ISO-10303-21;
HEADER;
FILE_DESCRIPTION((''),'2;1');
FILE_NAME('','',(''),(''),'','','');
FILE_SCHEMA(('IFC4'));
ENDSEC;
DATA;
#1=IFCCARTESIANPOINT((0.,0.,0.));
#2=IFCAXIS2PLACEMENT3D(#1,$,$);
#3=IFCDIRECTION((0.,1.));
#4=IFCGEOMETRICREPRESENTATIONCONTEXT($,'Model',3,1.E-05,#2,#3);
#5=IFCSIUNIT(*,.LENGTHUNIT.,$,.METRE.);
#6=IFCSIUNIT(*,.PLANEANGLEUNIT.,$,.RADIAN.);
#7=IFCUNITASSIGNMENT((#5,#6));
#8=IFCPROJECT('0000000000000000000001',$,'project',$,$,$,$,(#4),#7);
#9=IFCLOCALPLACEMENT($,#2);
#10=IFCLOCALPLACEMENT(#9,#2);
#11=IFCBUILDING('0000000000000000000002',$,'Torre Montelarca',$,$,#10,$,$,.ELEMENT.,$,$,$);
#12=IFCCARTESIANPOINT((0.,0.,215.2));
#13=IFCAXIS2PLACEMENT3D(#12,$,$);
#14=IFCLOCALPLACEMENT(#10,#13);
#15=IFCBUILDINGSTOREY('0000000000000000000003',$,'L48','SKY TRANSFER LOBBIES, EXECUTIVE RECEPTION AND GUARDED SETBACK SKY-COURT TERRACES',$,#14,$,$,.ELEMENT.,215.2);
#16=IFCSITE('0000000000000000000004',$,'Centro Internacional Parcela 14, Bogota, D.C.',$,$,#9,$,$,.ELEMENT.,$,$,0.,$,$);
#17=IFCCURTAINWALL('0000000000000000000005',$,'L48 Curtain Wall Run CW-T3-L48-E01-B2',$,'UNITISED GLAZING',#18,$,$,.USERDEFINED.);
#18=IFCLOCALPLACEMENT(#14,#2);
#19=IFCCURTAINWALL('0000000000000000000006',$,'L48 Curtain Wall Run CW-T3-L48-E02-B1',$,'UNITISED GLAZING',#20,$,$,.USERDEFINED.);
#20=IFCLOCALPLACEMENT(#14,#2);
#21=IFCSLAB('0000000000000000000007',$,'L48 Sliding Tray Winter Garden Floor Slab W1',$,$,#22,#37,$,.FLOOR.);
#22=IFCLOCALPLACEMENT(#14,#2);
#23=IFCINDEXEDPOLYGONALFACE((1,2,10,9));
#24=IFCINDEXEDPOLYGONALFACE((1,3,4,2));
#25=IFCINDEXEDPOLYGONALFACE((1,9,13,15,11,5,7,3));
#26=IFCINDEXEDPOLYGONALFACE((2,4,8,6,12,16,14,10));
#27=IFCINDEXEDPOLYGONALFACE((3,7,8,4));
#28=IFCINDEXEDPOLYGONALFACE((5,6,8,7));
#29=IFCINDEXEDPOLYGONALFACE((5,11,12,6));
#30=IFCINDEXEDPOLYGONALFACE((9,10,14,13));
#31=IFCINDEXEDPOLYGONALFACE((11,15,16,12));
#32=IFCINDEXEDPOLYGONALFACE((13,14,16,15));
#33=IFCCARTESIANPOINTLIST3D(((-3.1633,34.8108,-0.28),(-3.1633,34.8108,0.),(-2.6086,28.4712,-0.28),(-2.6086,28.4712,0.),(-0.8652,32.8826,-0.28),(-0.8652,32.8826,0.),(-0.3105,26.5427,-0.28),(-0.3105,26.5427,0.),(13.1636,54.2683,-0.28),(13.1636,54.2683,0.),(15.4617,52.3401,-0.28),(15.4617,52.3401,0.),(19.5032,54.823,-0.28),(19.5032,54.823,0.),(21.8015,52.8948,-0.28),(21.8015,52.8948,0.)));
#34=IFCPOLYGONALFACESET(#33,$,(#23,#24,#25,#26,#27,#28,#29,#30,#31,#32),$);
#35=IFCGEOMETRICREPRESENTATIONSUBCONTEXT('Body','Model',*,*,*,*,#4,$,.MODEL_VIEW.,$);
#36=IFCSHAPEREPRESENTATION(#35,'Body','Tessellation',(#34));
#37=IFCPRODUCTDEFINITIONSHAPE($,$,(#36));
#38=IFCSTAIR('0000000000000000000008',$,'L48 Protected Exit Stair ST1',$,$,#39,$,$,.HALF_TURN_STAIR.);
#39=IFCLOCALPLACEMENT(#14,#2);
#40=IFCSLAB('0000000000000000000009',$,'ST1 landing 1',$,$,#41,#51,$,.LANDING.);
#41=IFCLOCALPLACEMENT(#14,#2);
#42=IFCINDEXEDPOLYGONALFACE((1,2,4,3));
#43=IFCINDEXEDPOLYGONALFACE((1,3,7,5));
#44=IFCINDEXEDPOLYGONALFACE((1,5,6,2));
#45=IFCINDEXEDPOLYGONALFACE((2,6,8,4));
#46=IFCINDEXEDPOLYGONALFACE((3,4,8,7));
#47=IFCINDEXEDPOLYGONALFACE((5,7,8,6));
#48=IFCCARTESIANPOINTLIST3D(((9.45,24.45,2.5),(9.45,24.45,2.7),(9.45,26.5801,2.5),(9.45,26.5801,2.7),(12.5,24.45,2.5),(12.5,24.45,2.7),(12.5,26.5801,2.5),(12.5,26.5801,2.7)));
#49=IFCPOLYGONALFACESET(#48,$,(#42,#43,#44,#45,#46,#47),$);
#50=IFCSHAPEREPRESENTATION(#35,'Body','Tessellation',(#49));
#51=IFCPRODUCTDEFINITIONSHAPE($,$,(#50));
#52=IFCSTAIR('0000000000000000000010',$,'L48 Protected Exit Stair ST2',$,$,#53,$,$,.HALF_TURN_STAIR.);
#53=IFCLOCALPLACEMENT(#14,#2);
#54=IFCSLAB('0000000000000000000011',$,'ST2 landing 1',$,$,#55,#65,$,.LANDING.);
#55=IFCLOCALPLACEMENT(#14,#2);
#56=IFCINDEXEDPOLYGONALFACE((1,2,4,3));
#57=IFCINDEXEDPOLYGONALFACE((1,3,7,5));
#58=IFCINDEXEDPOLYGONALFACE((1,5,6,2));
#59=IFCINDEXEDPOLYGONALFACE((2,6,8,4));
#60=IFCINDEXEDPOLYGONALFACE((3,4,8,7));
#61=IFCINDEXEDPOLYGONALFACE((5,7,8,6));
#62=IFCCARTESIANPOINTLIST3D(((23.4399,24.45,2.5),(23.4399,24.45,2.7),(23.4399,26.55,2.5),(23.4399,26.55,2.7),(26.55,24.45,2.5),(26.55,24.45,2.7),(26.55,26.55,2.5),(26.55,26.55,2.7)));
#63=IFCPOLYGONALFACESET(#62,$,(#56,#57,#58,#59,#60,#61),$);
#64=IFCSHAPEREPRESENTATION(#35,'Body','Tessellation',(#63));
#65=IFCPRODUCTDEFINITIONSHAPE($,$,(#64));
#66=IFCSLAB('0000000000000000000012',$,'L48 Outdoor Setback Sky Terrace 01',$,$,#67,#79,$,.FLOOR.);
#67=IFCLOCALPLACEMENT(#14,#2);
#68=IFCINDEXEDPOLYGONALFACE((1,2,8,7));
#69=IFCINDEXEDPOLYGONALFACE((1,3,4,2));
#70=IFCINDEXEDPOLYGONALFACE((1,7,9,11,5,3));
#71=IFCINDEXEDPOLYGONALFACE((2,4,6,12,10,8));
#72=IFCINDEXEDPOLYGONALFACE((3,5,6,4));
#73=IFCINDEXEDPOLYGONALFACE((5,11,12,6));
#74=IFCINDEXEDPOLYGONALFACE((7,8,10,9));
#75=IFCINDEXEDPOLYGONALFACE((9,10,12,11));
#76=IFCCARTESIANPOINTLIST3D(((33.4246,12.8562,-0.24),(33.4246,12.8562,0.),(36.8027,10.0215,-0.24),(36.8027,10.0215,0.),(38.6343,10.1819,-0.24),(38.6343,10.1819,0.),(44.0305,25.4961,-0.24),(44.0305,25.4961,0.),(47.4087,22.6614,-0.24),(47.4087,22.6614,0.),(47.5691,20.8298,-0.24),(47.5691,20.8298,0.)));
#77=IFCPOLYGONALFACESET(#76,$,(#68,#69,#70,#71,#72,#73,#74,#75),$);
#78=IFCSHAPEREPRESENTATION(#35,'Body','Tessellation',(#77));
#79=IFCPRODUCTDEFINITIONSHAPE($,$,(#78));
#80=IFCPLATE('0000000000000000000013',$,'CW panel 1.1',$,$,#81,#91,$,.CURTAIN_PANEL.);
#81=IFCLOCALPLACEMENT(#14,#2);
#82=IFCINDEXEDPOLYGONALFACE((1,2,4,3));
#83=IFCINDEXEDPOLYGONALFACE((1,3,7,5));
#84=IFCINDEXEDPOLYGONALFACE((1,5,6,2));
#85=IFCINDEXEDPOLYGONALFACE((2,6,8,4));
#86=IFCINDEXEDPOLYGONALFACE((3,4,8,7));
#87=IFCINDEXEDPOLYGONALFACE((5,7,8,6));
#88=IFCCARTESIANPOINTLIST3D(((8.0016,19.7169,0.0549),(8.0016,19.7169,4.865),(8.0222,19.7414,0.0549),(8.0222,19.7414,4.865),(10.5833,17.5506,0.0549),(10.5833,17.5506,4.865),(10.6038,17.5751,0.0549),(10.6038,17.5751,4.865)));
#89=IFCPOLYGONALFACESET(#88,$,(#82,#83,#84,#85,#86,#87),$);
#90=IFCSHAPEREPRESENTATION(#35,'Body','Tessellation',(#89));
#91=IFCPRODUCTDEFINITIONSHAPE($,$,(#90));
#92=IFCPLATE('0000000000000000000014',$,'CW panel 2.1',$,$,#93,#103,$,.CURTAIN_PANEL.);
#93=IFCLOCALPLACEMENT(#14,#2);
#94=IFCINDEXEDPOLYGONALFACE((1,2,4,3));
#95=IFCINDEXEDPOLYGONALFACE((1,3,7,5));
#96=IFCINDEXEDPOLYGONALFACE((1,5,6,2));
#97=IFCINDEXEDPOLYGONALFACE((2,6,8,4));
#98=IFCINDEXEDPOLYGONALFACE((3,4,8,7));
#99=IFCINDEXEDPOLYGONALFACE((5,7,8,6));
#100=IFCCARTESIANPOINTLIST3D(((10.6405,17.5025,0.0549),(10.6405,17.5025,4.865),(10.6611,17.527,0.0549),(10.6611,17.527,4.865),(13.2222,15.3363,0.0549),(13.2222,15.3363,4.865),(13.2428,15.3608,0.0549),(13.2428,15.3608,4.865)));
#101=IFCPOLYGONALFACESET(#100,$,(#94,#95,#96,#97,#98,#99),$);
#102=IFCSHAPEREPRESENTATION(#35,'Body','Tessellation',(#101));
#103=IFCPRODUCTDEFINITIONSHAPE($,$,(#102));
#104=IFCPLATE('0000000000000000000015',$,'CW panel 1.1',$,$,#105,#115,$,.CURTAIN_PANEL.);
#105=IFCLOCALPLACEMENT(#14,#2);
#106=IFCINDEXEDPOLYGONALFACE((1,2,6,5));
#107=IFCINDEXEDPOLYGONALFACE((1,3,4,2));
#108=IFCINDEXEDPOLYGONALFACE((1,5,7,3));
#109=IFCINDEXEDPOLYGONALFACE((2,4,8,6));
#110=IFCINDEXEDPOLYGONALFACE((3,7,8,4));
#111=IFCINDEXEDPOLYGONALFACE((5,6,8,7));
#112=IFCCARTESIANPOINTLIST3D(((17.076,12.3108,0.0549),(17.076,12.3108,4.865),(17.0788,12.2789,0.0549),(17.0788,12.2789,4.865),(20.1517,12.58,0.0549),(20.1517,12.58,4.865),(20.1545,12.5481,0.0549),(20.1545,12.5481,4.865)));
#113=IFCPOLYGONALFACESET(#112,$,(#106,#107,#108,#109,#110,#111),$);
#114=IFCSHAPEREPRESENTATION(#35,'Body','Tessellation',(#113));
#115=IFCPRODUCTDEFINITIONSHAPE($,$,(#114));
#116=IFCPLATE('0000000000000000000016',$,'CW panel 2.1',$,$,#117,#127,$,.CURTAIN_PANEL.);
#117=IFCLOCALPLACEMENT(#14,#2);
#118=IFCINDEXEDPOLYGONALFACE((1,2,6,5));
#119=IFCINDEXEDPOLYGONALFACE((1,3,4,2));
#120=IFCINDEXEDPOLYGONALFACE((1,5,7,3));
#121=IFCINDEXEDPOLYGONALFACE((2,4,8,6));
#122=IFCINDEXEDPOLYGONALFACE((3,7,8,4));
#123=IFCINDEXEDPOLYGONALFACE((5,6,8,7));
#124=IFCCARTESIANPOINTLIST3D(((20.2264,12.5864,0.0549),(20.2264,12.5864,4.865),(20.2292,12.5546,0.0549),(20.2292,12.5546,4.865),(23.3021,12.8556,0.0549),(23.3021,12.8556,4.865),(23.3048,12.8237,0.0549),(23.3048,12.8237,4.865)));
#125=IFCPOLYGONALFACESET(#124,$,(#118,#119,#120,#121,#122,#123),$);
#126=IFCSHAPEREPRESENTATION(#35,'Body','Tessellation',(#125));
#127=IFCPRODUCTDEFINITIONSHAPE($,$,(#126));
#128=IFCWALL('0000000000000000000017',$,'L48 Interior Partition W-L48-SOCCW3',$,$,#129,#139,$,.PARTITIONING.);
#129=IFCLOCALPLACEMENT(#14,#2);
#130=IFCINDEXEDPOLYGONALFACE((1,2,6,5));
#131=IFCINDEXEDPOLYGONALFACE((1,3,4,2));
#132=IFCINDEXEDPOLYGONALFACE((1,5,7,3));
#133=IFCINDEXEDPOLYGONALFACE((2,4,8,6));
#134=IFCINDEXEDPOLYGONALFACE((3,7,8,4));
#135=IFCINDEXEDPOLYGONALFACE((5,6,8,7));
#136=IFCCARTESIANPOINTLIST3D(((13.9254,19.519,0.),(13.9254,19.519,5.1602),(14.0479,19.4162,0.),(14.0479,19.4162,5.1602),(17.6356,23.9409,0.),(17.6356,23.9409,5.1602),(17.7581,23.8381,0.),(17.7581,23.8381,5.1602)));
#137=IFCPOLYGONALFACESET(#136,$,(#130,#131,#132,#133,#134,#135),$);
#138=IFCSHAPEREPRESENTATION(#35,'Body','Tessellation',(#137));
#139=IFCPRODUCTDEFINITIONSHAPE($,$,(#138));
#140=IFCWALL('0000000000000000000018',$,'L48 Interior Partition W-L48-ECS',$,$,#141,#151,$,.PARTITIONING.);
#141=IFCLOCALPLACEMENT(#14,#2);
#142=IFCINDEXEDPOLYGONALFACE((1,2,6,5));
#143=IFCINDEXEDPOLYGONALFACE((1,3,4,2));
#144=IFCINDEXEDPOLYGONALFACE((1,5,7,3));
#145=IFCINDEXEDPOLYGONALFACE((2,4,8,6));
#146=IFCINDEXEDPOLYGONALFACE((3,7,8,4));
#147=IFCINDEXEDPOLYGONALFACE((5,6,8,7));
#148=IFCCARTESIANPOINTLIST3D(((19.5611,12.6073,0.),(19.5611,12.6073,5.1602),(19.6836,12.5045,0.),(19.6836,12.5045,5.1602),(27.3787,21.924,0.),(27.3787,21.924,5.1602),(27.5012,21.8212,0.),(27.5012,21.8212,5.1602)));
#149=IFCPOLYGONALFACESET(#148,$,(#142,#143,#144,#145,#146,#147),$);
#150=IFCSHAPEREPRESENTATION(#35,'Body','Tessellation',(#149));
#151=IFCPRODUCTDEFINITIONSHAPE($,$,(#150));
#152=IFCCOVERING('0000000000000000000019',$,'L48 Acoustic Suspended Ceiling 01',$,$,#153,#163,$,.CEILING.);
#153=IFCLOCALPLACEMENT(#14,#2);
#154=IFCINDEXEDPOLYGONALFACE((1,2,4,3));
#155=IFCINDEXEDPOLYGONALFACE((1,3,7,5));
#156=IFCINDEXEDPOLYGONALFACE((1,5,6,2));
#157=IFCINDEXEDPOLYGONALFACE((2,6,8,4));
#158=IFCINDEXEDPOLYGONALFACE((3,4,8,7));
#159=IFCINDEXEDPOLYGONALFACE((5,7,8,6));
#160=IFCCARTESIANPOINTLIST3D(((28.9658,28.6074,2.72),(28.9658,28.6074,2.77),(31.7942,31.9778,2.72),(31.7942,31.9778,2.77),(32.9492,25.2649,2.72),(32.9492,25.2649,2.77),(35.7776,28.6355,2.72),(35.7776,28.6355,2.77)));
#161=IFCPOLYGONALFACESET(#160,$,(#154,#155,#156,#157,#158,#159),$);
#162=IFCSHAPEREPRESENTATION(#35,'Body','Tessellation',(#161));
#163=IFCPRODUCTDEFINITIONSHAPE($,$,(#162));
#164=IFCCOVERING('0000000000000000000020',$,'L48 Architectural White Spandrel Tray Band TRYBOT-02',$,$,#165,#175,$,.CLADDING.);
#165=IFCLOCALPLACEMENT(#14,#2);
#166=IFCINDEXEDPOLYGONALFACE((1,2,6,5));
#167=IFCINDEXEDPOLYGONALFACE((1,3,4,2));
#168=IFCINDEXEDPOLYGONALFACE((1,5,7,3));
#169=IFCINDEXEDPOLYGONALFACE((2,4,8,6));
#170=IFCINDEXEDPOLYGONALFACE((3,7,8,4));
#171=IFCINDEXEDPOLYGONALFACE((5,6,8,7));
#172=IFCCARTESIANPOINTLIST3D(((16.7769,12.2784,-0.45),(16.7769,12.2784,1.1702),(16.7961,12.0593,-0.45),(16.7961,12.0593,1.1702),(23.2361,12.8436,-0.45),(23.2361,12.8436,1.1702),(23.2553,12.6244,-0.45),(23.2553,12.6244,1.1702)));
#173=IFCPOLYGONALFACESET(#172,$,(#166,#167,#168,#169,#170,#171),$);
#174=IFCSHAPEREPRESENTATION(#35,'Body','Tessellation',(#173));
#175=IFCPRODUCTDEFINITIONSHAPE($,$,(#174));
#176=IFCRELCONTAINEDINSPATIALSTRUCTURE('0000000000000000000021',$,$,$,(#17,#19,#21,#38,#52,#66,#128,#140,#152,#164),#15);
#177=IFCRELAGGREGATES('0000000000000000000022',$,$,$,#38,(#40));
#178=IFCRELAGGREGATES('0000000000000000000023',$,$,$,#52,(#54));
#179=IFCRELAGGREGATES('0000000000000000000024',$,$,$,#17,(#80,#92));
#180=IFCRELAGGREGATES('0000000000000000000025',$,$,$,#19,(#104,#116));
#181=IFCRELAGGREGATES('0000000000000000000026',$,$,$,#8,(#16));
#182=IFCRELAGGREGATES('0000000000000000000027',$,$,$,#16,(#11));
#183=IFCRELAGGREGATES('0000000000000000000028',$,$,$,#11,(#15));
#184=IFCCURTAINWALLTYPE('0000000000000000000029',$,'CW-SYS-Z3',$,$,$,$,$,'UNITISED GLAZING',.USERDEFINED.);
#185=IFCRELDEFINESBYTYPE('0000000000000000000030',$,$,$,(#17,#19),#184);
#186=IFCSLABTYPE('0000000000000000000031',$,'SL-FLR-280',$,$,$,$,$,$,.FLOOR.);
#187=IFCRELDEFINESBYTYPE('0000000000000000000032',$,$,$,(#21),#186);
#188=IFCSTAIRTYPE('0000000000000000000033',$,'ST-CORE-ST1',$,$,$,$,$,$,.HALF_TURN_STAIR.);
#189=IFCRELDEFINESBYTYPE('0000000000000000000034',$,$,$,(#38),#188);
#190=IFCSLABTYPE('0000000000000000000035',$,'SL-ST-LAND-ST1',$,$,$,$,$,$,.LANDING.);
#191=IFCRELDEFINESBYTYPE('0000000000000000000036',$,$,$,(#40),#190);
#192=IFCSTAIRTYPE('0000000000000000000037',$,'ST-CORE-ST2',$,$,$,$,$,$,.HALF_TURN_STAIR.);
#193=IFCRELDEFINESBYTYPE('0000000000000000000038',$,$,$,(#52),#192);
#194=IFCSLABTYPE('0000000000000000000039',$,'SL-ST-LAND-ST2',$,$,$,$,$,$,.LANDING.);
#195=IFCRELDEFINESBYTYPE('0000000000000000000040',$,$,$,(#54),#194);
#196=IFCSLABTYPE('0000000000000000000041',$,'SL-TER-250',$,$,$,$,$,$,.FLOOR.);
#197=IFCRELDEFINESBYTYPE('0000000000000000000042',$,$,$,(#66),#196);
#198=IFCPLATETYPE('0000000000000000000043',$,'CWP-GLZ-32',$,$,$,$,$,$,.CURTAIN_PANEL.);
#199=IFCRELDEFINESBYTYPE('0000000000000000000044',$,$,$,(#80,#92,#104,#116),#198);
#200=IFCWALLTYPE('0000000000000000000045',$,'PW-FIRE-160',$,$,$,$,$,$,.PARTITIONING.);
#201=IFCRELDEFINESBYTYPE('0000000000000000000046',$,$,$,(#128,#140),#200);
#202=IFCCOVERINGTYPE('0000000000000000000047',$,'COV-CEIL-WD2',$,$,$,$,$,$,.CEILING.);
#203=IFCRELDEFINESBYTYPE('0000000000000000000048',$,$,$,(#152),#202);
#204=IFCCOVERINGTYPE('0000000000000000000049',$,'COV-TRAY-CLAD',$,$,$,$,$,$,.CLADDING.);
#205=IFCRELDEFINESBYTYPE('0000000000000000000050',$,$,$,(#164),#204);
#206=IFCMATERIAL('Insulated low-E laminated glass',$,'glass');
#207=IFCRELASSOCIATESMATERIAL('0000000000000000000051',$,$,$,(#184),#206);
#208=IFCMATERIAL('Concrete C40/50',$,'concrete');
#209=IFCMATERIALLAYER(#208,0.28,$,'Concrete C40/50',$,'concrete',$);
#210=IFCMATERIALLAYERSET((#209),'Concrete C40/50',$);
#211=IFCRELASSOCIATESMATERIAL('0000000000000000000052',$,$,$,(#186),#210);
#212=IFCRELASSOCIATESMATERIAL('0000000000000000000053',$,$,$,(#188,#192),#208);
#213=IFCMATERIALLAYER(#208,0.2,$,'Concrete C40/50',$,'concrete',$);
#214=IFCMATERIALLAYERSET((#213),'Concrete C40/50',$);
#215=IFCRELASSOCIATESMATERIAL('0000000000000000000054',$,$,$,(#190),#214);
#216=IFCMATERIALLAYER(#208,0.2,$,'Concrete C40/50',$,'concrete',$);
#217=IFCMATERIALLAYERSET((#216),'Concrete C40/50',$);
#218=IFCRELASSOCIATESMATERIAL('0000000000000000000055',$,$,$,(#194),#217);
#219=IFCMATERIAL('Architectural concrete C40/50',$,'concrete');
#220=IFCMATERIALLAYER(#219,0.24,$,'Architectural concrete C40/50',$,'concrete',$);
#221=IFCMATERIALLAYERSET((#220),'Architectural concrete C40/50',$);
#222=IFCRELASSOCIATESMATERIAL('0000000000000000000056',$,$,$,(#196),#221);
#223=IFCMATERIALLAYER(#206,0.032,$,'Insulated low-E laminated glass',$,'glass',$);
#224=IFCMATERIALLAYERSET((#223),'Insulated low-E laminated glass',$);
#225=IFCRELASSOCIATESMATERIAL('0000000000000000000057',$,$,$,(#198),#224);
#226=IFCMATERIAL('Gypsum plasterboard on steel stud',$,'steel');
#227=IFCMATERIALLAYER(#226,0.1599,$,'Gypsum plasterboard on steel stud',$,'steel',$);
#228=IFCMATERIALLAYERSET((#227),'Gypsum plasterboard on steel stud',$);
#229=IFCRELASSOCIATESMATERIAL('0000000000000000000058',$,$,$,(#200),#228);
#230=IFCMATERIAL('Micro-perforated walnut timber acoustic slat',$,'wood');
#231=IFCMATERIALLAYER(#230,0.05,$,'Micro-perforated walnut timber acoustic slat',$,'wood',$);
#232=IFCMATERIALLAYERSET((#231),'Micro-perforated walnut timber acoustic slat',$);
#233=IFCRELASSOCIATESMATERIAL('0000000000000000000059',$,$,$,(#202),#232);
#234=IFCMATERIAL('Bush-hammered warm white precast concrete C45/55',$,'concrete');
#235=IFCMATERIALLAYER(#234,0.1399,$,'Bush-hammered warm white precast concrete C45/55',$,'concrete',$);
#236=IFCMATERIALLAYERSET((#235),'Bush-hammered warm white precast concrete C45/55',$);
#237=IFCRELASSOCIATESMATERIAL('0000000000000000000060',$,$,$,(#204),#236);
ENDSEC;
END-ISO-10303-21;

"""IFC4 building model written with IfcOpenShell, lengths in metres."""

from ifc_helpers import new_model, si_unit, direction, frame, frame_2d, origin, origin_2d, place, context, subcontext, project, spatial, polyline, rectangle, outline, extrude, source, transform, mapped, material, layer, layer_set, type_object, element, aggregate, save


model = new_model("IFC4")

# Units and contexts
model_context = context("Model", 3, precision=1e-05, world=origin(), true_north=direction((0.0, 1.0)))
body_context = subcontext(model_context, "Body", "Model", "MODEL_VIEW")
ifc_project = project(units=[si_unit("LENGTHUNIT", "METRE"), si_unit("PLANEANGLEUNIT", "RADIAN")], contexts=[model_context])

# Site, building, storey
site_placement = place(None, origin())
site = spatial("IfcSite", under=ifc_project, at=site_placement, Name="Centro Internacional Parcela 14, Bogota, D.C.", CompositionType="ELEMENT", RefElevation=0.0)
building_placement = place(site_placement, origin())
building = spatial("IfcBuilding", under=site, at=building_placement, Name="Torre Montelarca", CompositionType="ELEMENT")
storey_placement = place(building_placement, frame((0.0, 0.0, 215.2)))
storey = spatial("IfcBuildingStorey", under=building, at=storey_placement, Name="L48", Description="SKY TRANSFER LOBBIES, EXECUTIVE RECEPTION AND GUARDED SETBACK SKY-COURT TERRACES", CompositionType="ELEMENT", Elevation=215.2)

# Curtain walls
ifc_material_1 = material(Name="Insulated low-E laminated glass", Category="glass")
curtain_wall_type = type_object("IfcCurtainWallType", Name="CW-SYS-Z3", ElementType="UNITISED GLAZING", PredefinedType="USERDEFINED", material=ifc_material_1)
curtain_wall_1_placement = place(storey_placement, origin())
curtain_wall_1 = element("IfcCurtainWall", 1, at=curtain_wall_1_placement, inside=storey, type_object=curtain_wall_type, Name="L48 Curtain Wall Run CW-T3-L48-E01-B2", ObjectType="UNITISED GLAZING", PredefinedType="USERDEFINED")
curtain_wall_2_placement = place(storey_placement, origin())
curtain_wall_2 = element("IfcCurtainWall", 2, at=curtain_wall_2_placement, inside=storey, type_object=curtain_wall_type, Name="L48 Curtain Wall Run CW-T3-L48-E02-B1", ObjectType="UNITISED GLAZING", PredefinedType="USERDEFINED")

# Slab
ifc_material_2 = material(Name="Concrete C40/50", Category="concrete")
ifc_layer_1 = layer(ifc_material_2, 0.28, Name="Concrete C40/50", Category="concrete")
ifc_layer_set_1 = layer_set([ifc_layer_1], Name="Concrete C40/50")
slab_type_1 = type_object("IfcSlabType", Name="SL-FLR-280", PredefinedType="FLOOR", material=ifc_layer_set_1)
slab_1_placement = place(storey_placement, frame((0.0, 0.0, -0.28)))
element("IfcSlab", 3, at=slab_1_placement, inside=storey, type_object=slab_type_1, Name="L48 Sliding Tray Winter Garden Floor Slab W1", PredefinedType="FLOOR", context=body_context, shape_type="SweptSolid", body=[
    extrude(outline(polyline([(-0.3105, 26.5427), (-0.8652, 32.8826), (15.4617, 52.3401), (21.8015, 52.8948), (19.5032, 54.823), (13.1636, 54.2683), (-3.1633, 34.8108), (-2.6086, 28.4712), (-0.3105, 26.5427)])), origin(), (0.0, 0.0, 1.0), 0.28),
])

# Stairs, slabs
stair_type_1 = type_object("IfcStairType", Name="ST-CORE-ST1", PredefinedType="HALF_TURN_STAIR", material=ifc_material_2)
stair_1_placement = place(storey_placement, origin())
stair_1 = element("IfcStair", 4, at=stair_1_placement, inside=storey, type_object=stair_type_1, Name="L48 Protected Exit Stair ST1", PredefinedType="HALF_TURN_STAIR")
ifc_layer_2 = layer(ifc_material_2, 0.2, Name="Concrete C40/50", Category="concrete")
ifc_layer_set_2 = layer_set([ifc_layer_2], Name="Concrete C40/50")
slab_type_2 = type_object("IfcSlabType", Name="SL-ST-LAND-ST1", PredefinedType="LANDING", material=ifc_layer_set_2)
slab_2_placement = place(storey_placement, frame((0.0, 0.0, 2.5)))
slab_2 = element("IfcSlab", 5, at=slab_2_placement, type_object=slab_type_2, Name="ST1 landing 1", PredefinedType="LANDING", context=body_context, shape_type="SweptSolid", body=[
    extrude(outline(polyline([(9.45, 26.5801), (9.45, 24.45), (12.5, 24.45), (12.5, 26.5801), (9.45, 26.5801)])), origin(), (0.0, 0.0, 1.0), 0.2),
])
aggregate(stair_1, [slab_2])
stair_type_2 = type_object("IfcStairType", Name="ST-CORE-ST2", PredefinedType="HALF_TURN_STAIR", material=ifc_material_2)
stair_2_placement = place(storey_placement, origin())
stair_2 = element("IfcStair", 6, at=stair_2_placement, inside=storey, type_object=stair_type_2, Name="L48 Protected Exit Stair ST2", PredefinedType="HALF_TURN_STAIR")
ifc_layer_3 = layer(ifc_material_2, 0.2, Name="Concrete C40/50", Category="concrete")
ifc_layer_set_3 = layer_set([ifc_layer_3], Name="Concrete C40/50")
slab_type_3 = type_object("IfcSlabType", Name="SL-ST-LAND-ST2", PredefinedType="LANDING", material=ifc_layer_set_3)
slab_3_placement = place(storey_placement, frame((0.0, 0.0, 2.5)))
slab_3 = element("IfcSlab", 7, at=slab_3_placement, type_object=slab_type_3, Name="ST2 landing 1", PredefinedType="LANDING", context=body_context, shape_type="SweptSolid", body=[
    extrude(outline(polyline([(23.4399, 26.55), (23.4399, 24.45), (26.55, 24.45), (26.55, 26.55), (23.4399, 26.55)])), origin(), (0.0, 0.0, 1.0), 0.2),
])
aggregate(stair_2, [slab_3])

# Slab
ifc_material_3 = material(Name="Architectural concrete C40/50", Category="concrete")
ifc_layer_4 = layer(ifc_material_3, 0.24, Name="Architectural concrete C40/50", Category="concrete")
ifc_layer_set_4 = layer_set([ifc_layer_4], Name="Architectural concrete C40/50")
slab_type_4 = type_object("IfcSlabType", Name="SL-TER-250", PredefinedType="FLOOR", material=ifc_layer_set_4)
slab_4_placement = place(storey_placement, frame((0.0, 0.0, -0.24)))
element("IfcSlab", 8, at=slab_4_placement, inside=storey, type_object=slab_type_4, Name="L48 Outdoor Setback Sky Terrace 01", PredefinedType="FLOOR", context=body_context, shape_type="SweptSolid", body=[
    extrude(outline(polyline([(33.4246, 12.8562), (36.8027, 10.0215), (38.6343, 10.1819), (47.5691, 20.8298), (47.4087, 22.6614), (44.0305, 25.4961), (33.4246, 12.8562)])), origin(), (0.0, 0.0, 1.0), 0.24),
])

# Plates
ifc_layer_5 = layer(ifc_material_1, 0.032, Name="Insulated low-E laminated glass", Category="glass")
ifc_layer_set_5 = layer_set([ifc_layer_5], Name="Insulated low-E laminated glass")
plate_type = type_object("IfcPlateType", Name="CWP-GLZ-32", PredefinedType="CURTAIN_PANEL", material=ifc_layer_set_5)
shared_shape_1 = source(origin(), body_context, "Body", "SweptSolid", [
    extrude(rectangle(XDim=3.3701, YDim=0.032, at=origin_2d()), origin(), (0.0, 0.0, 1.0), 4.8101),
])
plate_1_placement = place(storey_placement, frame((9.3027, 18.646, 0.0549), z_axis=(0.0, 0.0, 1.0), x_axis=(0.766046, -0.642786, 0.0)))
plate_1 = element("IfcPlate", 9, at=plate_1_placement, type_object=plate_type, Name="CW panel 1.1", PredefinedType="CURTAIN_PANEL", context=body_context, shape_type="MappedRepresentation", body=[
    mapped(shared_shape_1, transform((0.0, 0.0, 0.0), scale=1.0)),
])
plate_2_placement = place(storey_placement, frame((11.9417, 16.4316, 0.0549), z_axis=(0.0, 0.0, 1.0), x_axis=(0.766046, -0.642786, 0.0)))
plate_2 = element("IfcPlate", 10, at=plate_2_placement, type_object=plate_type, Name="CW panel 2.1", PredefinedType="CURTAIN_PANEL", context=body_context, shape_type="MappedRepresentation", body=[
    mapped(shared_shape_1, transform((0.0, 0.0, 0.0), scale=1.0)),
])
aggregate(curtain_wall_1, [plate_1, plate_2])
shared_shape_2 = source(origin(), body_context, "Body", "SweptSolid", [
    extrude(rectangle(XDim=3.0874, YDim=0.032, at=origin_2d()), origin(), (0.0, 0.0, 1.0), 4.8101),
])
plate_3_placement = place(storey_placement, frame((18.6152, 12.4294, 0.0549), z_axis=(0.0, 0.0, 1.0), x_axis=(0.996192, 0.087189, 0.0)))
plate_3 = element("IfcPlate", 11, at=plate_3_placement, type_object=plate_type, Name="CW panel 1.1", PredefinedType="CURTAIN_PANEL", context=body_context, shape_type="MappedRepresentation", body=[
    mapped(shared_shape_2, transform((0.0, 0.0, 0.0), scale=1.0)),
])
plate_4_placement = place(storey_placement, frame((21.7656, 12.7051, 0.0549), z_axis=(0.0, 0.0, 1.0), x_axis=(0.996192, 0.087189, 0.0)))
plate_4 = element("IfcPlate", 12, at=plate_4_placement, type_object=plate_type, Name="CW panel 2.1", PredefinedType="CURTAIN_PANEL", context=body_context, shape_type="MappedRepresentation", body=[
    mapped(shared_shape_2, transform((0.0, 0.0, 0.0), scale=1.0)),
])
aggregate(curtain_wall_2, [plate_3, plate_4])

# Walls
ifc_material_4 = material(Name="Gypsum plasterboard on steel stud", Category="steel")
ifc_layer_6 = layer(ifc_material_4, 0.1599, Name="Gypsum plasterboard on steel stud", Category="steel")
ifc_layer_set_6 = layer_set([ifc_layer_6], Name="Gypsum plasterboard on steel stud")
wall_type = type_object("IfcWallType", Name="PW-FIRE-160", PredefinedType="PARTITIONING", material=ifc_layer_set_6)
wall_1_placement = place(storey_placement, frame((13.9866, 19.4675, 0.0), z_axis=(0.0, 0.0, 1.0), x_axis=(0.642768, 0.766061, 0.0)))
element("IfcWall", 13, at=wall_1_placement, inside=storey, type_object=wall_type, Name="L48 Interior Partition W-L48-SOCCW3", PredefinedType="PARTITIONING", context=body_context, shape_type="SweptSolid", body=[
    extrude(rectangle(XDim=5.7722, YDim=0.1599, at=frame_2d((2.8862, 0.0))), origin(), (0.0, 0.0, 1.0), 5.1602),
])
wall_2_placement = place(storey_placement, frame((19.6223, 12.5559, 0.0), z_axis=(0.0, 0.0, 1.0), x_axis=(0.642789, 0.766043, 0.0)))
element("IfcWall", 14, at=wall_2_placement, inside=storey, type_object=wall_type, Name="L48 Interior Partition W-L48-ECS", PredefinedType="PARTITIONING", context=body_context, shape_type="SweptSolid", body=[
    extrude(rectangle(XDim=12.1621, YDim=0.1599, at=frame_2d((6.0811, 0.0))), origin(), (0.0, 0.0, 1.0), 5.1602),
])

# Coverings
ifc_material_5 = material(Name="Micro-perforated walnut timber acoustic slat", Category="wood")
ifc_layer_7 = layer(ifc_material_5, 0.05, Name="Micro-perforated walnut timber acoustic slat", Category="wood")
ifc_layer_set_7 = layer_set([ifc_layer_7], Name="Micro-perforated walnut timber acoustic slat")
covering_type_1 = type_object("IfcCoveringType", Name="COV-CEIL-WD2", PredefinedType="CEILING", material=ifc_layer_set_7)
covering_1_placement = place(storey_placement, frame((0.0, 0.0, 2.72)))
element("IfcCovering", 15, at=covering_1_placement, inside=storey, type_object=covering_type_1, Name="L48 Acoustic Suspended Ceiling 01", PredefinedType="CEILING", context=body_context, shape_type="SweptSolid", body=[
    extrude(outline(polyline([(28.9658, 28.6074), (32.9492, 25.2649), (35.7776, 28.6355), (31.7942, 31.9778), (28.9658, 28.6074)])), origin(), (0.0, 0.0, 1.0), 0.05),
])
ifc_material_6 = material(Name="Bush-hammered warm white precast concrete C45/55", Category="concrete")
ifc_layer_8 = layer(ifc_material_6, 0.1399, Name="Bush-hammered warm white precast concrete C45/55", Category="concrete")
ifc_layer_set_8 = layer_set([ifc_layer_8], Name="Bush-hammered warm white precast concrete C45/55")
covering_type_2 = type_object("IfcCoveringType", Name="COV-TRAY-CLAD", PredefinedType="CLADDING", material=ifc_layer_set_8)
shared_shape_3 = source(origin(), body_context, "Body", "SweptSolid", [
    extrude(rectangle(XDim=6.4839, YDim=0.22, at=origin_2d()), origin(), (0.0, 0.0, 1.0), 1.6201),
])
covering_2_placement = place(storey_placement, frame((20.0161, 12.4514, -0.45), z_axis=(0.0, 0.0, 1.0), x_axis=(0.996194, 0.087163, 0.0)))
element("IfcCovering", 16, at=covering_2_placement, inside=storey, type_object=covering_type_2, Name="L48 Architectural White Spandrel Tray Band TRYBOT-02", PredefinedType="CLADDING", context=body_context, shape_type="MappedRepresentation", body=[
    mapped(shared_shape_3, transform((0.0, 0.0, 0.0), scale=1.0)),
])

save(model, "model.ifc")
